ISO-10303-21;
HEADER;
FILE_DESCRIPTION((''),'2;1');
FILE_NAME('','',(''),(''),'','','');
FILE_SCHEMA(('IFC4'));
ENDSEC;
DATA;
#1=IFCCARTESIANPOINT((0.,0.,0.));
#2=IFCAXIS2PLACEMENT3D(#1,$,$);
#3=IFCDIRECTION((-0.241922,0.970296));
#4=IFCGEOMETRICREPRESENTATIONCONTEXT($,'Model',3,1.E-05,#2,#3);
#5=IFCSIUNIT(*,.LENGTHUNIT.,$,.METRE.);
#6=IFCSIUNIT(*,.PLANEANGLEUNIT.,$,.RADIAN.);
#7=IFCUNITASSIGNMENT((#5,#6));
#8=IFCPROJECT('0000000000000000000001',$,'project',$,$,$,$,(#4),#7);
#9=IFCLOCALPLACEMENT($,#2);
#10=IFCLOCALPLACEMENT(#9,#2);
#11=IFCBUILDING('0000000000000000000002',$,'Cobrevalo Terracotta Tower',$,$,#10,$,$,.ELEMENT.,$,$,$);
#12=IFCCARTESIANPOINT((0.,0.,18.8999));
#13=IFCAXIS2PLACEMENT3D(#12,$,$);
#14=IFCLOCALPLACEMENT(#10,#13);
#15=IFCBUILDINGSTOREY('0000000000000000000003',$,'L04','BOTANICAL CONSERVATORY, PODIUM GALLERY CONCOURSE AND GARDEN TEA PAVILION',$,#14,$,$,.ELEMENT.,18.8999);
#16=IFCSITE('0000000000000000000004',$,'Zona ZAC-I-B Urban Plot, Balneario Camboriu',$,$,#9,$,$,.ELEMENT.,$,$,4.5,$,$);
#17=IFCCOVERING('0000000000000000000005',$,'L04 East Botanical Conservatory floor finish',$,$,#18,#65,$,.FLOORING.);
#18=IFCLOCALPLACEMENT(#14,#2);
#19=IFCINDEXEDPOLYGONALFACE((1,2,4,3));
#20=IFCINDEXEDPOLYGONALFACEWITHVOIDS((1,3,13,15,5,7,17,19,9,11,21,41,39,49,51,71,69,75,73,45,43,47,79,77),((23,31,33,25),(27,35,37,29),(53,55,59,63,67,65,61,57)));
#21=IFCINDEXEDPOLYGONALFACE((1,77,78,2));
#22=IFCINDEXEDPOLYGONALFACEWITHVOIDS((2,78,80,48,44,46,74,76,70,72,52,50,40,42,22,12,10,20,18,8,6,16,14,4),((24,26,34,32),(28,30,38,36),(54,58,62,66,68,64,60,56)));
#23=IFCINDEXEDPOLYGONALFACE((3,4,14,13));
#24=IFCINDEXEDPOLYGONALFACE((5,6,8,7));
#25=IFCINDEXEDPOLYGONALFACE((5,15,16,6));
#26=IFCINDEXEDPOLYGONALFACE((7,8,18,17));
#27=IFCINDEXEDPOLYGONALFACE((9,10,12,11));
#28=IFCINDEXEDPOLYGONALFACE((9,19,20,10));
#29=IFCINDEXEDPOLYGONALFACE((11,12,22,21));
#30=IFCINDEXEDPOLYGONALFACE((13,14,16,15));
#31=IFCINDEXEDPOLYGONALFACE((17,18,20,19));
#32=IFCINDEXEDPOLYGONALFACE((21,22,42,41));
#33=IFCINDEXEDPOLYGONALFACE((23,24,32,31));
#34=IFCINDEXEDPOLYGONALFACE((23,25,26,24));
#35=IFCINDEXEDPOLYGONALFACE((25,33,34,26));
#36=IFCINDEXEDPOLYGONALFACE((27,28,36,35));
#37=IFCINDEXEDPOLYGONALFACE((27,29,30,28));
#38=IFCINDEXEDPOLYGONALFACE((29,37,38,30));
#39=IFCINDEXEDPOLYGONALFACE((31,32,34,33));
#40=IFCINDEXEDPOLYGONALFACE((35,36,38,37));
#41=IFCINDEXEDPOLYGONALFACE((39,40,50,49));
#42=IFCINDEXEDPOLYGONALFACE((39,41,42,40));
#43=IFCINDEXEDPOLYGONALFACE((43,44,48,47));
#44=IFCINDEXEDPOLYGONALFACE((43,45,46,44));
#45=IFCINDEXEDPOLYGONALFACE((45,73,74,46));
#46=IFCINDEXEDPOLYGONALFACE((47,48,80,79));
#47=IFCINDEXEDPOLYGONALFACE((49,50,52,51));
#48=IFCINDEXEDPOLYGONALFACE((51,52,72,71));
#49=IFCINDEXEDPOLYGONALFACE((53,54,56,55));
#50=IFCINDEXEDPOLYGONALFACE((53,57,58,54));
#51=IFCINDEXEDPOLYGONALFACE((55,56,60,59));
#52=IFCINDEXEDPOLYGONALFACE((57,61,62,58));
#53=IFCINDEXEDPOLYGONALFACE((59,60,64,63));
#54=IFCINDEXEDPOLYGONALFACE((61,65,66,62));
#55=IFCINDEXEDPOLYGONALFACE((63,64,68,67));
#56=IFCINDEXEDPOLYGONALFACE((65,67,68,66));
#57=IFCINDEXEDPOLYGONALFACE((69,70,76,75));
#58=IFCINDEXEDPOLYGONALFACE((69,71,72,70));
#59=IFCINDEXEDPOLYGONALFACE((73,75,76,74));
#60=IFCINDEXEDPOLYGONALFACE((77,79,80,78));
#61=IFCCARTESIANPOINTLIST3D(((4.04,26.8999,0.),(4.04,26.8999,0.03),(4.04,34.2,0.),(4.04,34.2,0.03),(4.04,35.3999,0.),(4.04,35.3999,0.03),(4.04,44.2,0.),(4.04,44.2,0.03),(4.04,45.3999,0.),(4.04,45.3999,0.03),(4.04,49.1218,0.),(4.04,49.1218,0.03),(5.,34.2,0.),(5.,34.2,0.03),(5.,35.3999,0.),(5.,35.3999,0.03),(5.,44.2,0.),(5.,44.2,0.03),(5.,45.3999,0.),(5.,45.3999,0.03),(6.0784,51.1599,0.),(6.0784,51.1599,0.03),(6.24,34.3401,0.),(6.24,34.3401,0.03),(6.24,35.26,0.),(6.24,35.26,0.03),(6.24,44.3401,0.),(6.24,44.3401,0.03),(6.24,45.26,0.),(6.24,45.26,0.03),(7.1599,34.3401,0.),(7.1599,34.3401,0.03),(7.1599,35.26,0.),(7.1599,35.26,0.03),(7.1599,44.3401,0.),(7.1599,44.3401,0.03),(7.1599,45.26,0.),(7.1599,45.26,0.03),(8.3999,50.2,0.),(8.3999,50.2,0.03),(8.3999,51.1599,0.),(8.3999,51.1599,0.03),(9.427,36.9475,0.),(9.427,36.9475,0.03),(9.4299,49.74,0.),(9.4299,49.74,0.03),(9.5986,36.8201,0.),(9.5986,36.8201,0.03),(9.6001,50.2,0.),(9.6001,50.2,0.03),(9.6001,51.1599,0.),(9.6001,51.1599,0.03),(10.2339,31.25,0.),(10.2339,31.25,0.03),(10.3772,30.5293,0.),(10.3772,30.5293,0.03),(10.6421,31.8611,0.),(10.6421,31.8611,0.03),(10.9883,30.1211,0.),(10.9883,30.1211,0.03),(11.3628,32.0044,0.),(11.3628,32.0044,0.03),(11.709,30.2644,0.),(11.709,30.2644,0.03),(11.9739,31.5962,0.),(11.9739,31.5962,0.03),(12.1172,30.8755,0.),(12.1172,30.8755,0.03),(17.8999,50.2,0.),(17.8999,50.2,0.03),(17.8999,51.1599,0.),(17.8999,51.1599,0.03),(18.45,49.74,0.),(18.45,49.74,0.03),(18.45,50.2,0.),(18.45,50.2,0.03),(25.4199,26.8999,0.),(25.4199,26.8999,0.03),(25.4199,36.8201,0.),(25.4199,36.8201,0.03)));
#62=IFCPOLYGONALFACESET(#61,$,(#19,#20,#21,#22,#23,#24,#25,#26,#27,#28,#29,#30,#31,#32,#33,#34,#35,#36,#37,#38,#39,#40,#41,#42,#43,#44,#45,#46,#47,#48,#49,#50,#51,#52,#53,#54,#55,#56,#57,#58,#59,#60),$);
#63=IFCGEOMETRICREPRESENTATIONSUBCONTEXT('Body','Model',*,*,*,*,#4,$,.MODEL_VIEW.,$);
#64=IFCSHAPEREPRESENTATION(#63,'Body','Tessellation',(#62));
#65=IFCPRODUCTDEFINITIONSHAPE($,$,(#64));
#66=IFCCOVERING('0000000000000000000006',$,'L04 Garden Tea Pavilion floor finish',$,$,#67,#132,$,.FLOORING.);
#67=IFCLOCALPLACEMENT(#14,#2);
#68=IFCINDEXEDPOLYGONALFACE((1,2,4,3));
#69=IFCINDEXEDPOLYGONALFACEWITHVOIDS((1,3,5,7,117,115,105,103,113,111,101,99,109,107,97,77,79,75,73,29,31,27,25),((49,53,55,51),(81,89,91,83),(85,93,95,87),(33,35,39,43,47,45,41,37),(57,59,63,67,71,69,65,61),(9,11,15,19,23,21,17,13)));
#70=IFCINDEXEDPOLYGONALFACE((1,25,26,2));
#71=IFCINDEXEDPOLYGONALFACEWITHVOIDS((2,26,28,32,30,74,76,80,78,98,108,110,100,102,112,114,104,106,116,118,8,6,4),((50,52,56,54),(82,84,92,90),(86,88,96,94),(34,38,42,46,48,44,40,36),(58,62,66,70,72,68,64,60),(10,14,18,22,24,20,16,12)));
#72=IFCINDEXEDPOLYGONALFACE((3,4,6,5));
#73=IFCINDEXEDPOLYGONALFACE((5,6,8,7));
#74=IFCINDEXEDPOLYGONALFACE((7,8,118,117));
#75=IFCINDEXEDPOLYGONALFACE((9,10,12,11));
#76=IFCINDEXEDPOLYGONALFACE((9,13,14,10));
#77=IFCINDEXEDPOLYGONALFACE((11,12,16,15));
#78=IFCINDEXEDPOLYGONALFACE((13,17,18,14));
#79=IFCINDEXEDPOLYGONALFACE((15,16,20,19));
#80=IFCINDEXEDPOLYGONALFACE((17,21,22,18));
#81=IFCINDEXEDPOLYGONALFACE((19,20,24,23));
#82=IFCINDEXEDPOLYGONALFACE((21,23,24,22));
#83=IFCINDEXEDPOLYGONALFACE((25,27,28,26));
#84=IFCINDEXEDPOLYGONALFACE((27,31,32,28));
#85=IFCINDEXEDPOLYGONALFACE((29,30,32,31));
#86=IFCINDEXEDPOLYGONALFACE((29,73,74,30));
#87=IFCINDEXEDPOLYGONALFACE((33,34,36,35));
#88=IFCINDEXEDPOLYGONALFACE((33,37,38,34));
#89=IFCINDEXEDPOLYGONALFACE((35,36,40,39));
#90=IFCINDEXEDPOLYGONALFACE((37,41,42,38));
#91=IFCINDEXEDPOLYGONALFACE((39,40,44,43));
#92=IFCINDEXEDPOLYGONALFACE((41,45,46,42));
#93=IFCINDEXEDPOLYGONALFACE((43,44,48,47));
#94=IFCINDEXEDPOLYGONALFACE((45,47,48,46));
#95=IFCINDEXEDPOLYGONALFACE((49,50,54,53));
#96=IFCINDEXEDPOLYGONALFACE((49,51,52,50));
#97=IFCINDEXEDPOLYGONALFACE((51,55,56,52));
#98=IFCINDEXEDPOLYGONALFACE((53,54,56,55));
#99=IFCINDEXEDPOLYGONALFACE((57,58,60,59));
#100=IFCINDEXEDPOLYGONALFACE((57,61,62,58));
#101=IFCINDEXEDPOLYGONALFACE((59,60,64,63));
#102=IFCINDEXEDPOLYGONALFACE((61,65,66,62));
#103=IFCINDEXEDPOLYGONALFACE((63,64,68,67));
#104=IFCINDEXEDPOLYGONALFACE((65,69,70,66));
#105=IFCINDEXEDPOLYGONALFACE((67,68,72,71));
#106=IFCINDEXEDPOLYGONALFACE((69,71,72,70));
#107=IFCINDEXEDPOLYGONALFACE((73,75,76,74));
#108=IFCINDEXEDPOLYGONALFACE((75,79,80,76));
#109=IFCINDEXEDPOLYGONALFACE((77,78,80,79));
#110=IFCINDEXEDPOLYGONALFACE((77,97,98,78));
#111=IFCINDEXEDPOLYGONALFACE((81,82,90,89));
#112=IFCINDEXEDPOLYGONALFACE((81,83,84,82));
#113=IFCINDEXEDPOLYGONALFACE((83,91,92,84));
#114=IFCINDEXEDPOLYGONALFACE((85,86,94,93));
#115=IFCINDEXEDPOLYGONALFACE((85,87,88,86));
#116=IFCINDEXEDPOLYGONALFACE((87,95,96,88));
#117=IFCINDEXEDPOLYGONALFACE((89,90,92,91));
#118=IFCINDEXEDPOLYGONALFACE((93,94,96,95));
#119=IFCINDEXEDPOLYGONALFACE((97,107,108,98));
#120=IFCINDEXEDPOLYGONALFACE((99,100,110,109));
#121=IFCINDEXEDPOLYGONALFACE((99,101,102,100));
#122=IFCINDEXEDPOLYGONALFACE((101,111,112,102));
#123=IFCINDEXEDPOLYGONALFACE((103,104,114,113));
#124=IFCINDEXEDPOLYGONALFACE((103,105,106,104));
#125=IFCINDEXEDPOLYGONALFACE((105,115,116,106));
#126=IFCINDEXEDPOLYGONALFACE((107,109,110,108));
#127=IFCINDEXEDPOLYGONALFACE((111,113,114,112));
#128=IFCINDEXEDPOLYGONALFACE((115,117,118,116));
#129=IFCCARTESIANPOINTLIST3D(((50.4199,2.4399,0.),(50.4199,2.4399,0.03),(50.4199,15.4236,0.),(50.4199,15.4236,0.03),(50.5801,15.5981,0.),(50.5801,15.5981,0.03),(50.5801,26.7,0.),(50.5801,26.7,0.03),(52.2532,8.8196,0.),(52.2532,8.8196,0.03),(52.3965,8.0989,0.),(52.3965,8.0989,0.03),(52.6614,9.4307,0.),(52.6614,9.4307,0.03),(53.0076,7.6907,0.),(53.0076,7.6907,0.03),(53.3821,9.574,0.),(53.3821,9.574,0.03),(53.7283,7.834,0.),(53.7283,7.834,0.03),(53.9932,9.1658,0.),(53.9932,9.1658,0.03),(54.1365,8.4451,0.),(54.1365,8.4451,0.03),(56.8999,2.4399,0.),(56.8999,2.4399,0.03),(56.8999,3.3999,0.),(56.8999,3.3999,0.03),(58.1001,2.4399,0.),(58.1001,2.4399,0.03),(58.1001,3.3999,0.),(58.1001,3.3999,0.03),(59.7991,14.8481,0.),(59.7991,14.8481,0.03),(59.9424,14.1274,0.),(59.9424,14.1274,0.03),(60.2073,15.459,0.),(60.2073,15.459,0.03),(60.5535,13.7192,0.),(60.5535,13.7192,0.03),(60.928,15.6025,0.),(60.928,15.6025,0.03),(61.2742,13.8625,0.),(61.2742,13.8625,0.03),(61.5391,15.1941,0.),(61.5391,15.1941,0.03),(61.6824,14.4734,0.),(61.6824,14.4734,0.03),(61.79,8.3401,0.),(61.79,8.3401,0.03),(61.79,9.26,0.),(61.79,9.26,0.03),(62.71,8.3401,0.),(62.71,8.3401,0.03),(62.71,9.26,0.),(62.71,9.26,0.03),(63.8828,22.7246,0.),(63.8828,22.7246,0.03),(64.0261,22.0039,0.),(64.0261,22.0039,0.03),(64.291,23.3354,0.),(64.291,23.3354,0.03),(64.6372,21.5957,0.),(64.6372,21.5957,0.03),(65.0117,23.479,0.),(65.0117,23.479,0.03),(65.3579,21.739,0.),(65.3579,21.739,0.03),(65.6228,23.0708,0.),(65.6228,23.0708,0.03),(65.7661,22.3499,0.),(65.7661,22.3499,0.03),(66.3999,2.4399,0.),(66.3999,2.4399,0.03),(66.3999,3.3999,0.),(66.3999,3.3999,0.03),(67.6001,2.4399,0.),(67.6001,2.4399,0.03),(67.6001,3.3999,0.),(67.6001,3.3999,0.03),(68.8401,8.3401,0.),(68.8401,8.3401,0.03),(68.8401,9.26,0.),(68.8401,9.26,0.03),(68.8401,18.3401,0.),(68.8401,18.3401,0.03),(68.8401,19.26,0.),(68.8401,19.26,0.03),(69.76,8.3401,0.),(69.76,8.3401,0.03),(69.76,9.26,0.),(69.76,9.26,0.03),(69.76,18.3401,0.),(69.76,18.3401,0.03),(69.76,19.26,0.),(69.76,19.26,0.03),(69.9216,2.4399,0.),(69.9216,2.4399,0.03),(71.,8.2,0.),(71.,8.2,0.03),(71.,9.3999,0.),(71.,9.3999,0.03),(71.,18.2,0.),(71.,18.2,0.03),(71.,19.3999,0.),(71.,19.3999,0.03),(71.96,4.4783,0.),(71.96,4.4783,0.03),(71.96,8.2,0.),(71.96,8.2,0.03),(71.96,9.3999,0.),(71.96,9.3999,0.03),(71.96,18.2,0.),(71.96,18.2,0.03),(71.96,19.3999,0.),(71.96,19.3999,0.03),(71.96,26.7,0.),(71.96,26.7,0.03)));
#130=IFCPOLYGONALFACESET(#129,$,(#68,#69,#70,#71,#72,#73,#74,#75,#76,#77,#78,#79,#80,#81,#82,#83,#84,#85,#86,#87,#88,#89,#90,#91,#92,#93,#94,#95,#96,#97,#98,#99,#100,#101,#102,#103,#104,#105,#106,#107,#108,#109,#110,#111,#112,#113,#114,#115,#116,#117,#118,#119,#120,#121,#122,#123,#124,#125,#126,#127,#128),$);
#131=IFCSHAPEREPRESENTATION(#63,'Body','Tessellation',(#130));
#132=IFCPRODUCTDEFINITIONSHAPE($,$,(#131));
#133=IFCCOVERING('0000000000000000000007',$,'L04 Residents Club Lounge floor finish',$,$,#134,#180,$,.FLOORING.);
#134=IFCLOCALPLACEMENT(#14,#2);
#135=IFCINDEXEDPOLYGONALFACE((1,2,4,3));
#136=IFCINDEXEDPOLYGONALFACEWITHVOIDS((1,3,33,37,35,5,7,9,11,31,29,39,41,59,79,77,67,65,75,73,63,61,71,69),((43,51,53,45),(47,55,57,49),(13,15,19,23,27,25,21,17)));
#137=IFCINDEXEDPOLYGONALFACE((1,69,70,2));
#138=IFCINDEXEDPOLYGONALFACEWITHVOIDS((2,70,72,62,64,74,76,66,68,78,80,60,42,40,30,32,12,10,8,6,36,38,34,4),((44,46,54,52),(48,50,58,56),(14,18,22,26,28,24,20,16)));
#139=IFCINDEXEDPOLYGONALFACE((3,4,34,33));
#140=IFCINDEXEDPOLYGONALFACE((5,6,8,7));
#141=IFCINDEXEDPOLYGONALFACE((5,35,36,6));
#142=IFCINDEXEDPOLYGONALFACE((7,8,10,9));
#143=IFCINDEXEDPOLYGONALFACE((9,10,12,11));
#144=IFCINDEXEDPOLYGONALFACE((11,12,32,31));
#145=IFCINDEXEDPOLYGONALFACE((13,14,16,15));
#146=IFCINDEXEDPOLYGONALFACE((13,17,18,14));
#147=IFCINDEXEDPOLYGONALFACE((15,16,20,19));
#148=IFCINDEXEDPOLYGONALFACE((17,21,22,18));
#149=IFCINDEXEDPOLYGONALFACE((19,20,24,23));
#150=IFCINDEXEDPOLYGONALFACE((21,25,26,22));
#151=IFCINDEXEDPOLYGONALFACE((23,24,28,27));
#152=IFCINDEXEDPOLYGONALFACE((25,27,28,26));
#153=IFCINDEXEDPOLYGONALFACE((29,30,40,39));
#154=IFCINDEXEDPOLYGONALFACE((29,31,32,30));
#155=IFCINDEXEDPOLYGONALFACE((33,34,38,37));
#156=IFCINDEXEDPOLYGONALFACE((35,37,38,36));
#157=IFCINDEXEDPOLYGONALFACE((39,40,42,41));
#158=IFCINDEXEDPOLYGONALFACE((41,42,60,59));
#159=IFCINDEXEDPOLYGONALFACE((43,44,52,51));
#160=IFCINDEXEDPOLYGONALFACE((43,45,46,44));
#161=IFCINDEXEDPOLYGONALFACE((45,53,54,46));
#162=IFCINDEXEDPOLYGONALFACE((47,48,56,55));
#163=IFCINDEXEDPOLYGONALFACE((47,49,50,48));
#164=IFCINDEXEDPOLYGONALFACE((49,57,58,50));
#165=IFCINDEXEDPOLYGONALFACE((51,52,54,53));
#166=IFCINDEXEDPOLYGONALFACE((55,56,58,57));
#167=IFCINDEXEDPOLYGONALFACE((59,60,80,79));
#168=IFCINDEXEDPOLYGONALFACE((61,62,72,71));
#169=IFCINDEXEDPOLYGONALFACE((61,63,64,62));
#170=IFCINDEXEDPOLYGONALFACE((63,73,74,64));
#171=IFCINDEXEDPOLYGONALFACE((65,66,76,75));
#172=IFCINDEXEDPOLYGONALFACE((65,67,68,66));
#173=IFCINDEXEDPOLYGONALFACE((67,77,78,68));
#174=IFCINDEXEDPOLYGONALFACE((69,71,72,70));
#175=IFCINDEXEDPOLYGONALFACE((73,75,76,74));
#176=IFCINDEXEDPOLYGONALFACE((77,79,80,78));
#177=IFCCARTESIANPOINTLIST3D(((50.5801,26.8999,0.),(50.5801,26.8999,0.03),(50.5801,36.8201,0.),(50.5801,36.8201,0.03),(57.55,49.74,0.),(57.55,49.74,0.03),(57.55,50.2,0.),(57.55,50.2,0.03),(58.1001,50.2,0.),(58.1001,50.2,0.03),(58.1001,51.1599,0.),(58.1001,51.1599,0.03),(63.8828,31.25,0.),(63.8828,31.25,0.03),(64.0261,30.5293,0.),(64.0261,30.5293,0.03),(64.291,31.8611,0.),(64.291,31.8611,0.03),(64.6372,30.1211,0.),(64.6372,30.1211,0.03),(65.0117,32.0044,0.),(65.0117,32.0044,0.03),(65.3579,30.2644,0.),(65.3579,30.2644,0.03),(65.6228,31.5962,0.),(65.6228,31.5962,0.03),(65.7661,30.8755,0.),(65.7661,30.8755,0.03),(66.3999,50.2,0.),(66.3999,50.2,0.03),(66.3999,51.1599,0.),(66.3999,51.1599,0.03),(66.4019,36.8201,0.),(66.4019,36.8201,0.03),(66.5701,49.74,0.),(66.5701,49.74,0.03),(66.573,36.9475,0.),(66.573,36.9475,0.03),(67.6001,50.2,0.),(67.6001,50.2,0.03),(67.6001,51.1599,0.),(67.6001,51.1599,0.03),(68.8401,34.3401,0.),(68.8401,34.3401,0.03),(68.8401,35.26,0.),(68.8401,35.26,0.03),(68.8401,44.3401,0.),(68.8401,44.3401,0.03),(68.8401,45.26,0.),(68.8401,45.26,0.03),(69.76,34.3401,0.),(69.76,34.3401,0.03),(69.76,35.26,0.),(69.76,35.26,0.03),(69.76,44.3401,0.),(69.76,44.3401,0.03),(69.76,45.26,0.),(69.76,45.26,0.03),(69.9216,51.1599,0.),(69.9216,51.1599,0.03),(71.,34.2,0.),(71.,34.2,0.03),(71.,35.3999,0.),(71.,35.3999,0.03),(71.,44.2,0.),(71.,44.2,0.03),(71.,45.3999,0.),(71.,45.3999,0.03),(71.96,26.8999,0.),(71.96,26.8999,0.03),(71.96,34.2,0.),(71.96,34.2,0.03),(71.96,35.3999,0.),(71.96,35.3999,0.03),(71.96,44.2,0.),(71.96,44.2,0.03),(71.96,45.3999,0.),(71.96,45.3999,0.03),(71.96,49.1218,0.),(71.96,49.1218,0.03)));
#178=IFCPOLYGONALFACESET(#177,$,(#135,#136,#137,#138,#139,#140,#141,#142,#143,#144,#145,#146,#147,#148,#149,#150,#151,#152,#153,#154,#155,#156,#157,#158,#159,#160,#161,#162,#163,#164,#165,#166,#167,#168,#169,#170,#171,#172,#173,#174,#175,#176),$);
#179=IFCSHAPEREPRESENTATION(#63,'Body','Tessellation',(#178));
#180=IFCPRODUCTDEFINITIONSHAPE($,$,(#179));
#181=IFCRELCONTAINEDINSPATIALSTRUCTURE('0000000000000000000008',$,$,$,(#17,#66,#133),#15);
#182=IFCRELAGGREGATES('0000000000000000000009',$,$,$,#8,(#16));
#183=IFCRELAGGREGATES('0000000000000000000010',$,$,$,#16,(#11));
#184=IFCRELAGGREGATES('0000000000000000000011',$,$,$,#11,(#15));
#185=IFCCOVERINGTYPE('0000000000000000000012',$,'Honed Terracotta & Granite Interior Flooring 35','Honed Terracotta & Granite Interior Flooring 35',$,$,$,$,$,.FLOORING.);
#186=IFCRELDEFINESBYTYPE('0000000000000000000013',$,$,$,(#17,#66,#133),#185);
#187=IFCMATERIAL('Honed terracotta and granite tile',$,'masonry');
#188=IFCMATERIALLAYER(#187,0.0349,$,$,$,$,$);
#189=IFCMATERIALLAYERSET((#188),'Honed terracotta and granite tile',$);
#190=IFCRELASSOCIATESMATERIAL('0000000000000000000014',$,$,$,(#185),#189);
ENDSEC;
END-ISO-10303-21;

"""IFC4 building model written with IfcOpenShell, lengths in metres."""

from ifc_helpers import new_model, si_unit, direction, frame, origin, place, context, subcontext, project, spatial, polyline, outline, extrude, material, layer, layer_set, type_object, element, save


model = new_model("IFC4")

# Units and contexts
model_context = context("Model", 3, precision=1e-05, world=origin(), true_north=direction((-0.241922, 0.970296)))
body_context = subcontext(model_context, "Body", "Model", "MODEL_VIEW")
ifc_project = project(units=[si_unit("LENGTHUNIT", "METRE"), si_unit("PLANEANGLEUNIT", "RADIAN")], contexts=[model_context])

# Site, building, storey
site_placement = place(None, origin())
site = spatial("IfcSite", under=ifc_project, at=site_placement, Name="Zona ZAC-I-B Urban Plot, Balneario Camboriu", CompositionType="ELEMENT", RefElevation=4.5)
building_placement = place(site_placement, origin())
building = spatial("IfcBuilding", under=site, at=building_placement, Name="Cobrevalo Terracotta Tower", CompositionType="ELEMENT")
storey_placement = place(building_placement, frame((0.0, 0.0, 18.8999)))
storey = spatial("IfcBuildingStorey", under=building, at=storey_placement, Name="L04", Description="BOTANICAL CONSERVATORY, PODIUM GALLERY CONCOURSE AND GARDEN TEA PAVILION", CompositionType="ELEMENT", Elevation=18.8999)

# Coverings
ifc_material_1 = material(Name="Honed terracotta and granite tile", Category="masonry")
ifc_layer_1 = layer(ifc_material_1, 0.0349)
ifc_layer_set_1 = layer_set([ifc_layer_1], Name="Honed terracotta and granite tile")
covering_type_1 = type_object("IfcCoveringType", Name="Honed Terracotta & Granite Interior Flooring 35", Description="Honed Terracotta & Granite Interior Flooring 35", PredefinedType="FLOORING", material=ifc_layer_set_1)
covering_1_placement = place(storey_placement, origin())
element("IfcCovering", 1, at=covering_1_placement, inside=storey, type_object=covering_type_1, Name="L04 East Botanical Conservatory floor finish", PredefinedType="FLOORING", context=body_context, shape_type="SweptSolid", body=[
    extrude(outline(polyline([(6.0784, 51.1599), (8.3999, 51.1599), (8.3999, 50.2), (9.6001, 50.2), (9.6001, 51.1599), (17.8999, 51.1599), (17.8999, 50.2), (18.45, 50.2), (18.45, 49.74), (9.4299, 49.74), (9.427, 36.9475), (9.5986, 36.8201), (25.4199, 36.8201), (25.4199, 26.8999), (4.04, 26.8999), (4.04, 34.2), (5.0, 34.2), (5.0, 35.3999), (4.04, 35.3999), (4.04, 44.2), (5.0, 44.2), (5.0, 45.3999), (4.04, 45.3999), (4.04, 49.1218), (6.0784, 51.1599)]), holes=[polyline([(11.709, 30.2644), (12.1172, 30.8755), (11.9739, 31.5962), (11.3628, 32.0044), (10.6421, 31.8611), (10.2339, 31.25), (10.3772, 30.5293), (10.9883, 30.1211), (11.709, 30.2644)]), polyline([(6.24, 35.26), (6.24, 34.3401), (7.1599, 34.3401), (7.1599, 35.26), (6.24, 35.26)]), polyline([(6.24, 45.26), (6.24, 44.3401), (7.1599, 44.3401), (7.1599, 45.26), (6.24, 45.26)])]), origin(), (0.0, 0.0, 1.0), 0.03),
])
covering_2_placement = place(storey_placement, origin())
element("IfcCovering", 2, at=covering_2_placement, inside=storey, type_object=covering_type_1, Name="L04 Garden Tea Pavilion floor finish", PredefinedType="FLOORING", context=body_context, shape_type="SweptSolid", body=[
    extrude(outline(polyline([(69.9216, 2.4399), (67.6001, 2.4399), (67.6001, 3.3999), (66.3999, 3.3999), (66.3999, 2.4399), (58.1001, 2.4399), (58.1001, 3.3999), (56.8999, 3.3999), (56.8999, 2.4399), (50.4199, 2.4399), (50.4199, 15.4236), (50.5801, 15.5981), (50.5801, 26.7), (71.96, 26.7), (71.96, 19.3999), (71.0, 19.3999), (71.0, 18.2), (71.96, 18.2), (71.96, 9.3999), (71.0, 9.3999), (71.0, 8.2), (71.96, 8.2), (71.96, 4.4783), (69.9216, 2.4399)]), holes=[polyline([(68.8401, 8.3401), (69.76, 8.3401), (69.76, 9.26), (68.8401, 9.26), (68.8401, 8.3401)]), polyline([(68.8401, 19.26), (68.8401, 18.3401), (69.76, 18.3401), (69.76, 19.26), (68.8401, 19.26)]), polyline([(65.3579, 21.739), (65.7661, 22.3499), (65.6228, 23.0708), (65.0117, 23.479), (64.291, 23.3354), (63.8828, 22.7246), (64.0261, 22.0039), (64.6372, 21.5957), (65.3579, 21.739)]), polyline([(61.79, 9.26), (61.79, 8.3401), (62.71, 8.3401), (62.71, 9.26), (61.79, 9.26)]), polyline([(61.2742, 13.8625), (61.6824, 14.4734), (61.5391, 15.1941), (60.928, 15.6025), (60.2073, 15.459), (59.7991, 14.8481), (59.9424, 14.1274), (60.5535, 13.7192), (61.2742, 13.8625)]), polyline([(53.7283, 7.834), (54.1365, 8.4451), (53.9932, 9.1658), (53.3821, 9.574), (52.6614, 9.4307), (52.2532, 8.8196), (52.3965, 8.0989), (53.0076, 7.6907), (53.7283, 7.834)])]), origin(), (0.0, 0.0, 1.0), 0.03),
])
covering_3_placement = place(storey_placement, origin())
element("IfcCovering", 3, at=covering_3_placement, inside=storey, type_object=covering_type_1, Name="L04 Residents Club Lounge floor finish", PredefinedType="FLOORING", context=body_context, shape_type="SweptSolid", body=[
    extrude(outline(polyline([(50.5801, 26.8999), (50.5801, 36.8201), (66.4019, 36.8201), (66.573, 36.9475), (66.5701, 49.74), (57.55, 49.74), (57.55, 50.2), (58.1001, 50.2), (58.1001, 51.1599), (66.3999, 51.1599), (66.3999, 50.2), (67.6001, 50.2), (67.6001, 51.1599), (69.9216, 51.1599), (71.96, 49.1218), (71.96, 45.3999), (71.0, 45.3999), (71.0, 44.2), (71.96, 44.2), (71.96, 35.3999), (71.0, 35.3999), (71.0, 34.2), (71.96, 34.2), (71.96, 26.8999), (50.5801, 26.8999)]), holes=[polyline([(68.8401, 34.3401), (69.76, 34.3401), (69.76, 35.26), (68.8401, 35.26), (68.8401, 34.3401)]), polyline([(68.8401, 45.26), (68.8401, 44.3401), (69.76, 44.3401), (69.76, 45.26), (68.8401, 45.26)]), polyline([(65.3579, 30.2644), (65.7661, 30.8755), (65.6228, 31.5962), (65.0117, 32.0044), (64.291, 31.8611), (63.8828, 31.25), (64.0261, 30.5293), (64.6372, 30.1211), (65.3579, 30.2644)])]), origin(), (0.0, 0.0, 1.0), 0.03),
])

save(model, "model.ifc")
